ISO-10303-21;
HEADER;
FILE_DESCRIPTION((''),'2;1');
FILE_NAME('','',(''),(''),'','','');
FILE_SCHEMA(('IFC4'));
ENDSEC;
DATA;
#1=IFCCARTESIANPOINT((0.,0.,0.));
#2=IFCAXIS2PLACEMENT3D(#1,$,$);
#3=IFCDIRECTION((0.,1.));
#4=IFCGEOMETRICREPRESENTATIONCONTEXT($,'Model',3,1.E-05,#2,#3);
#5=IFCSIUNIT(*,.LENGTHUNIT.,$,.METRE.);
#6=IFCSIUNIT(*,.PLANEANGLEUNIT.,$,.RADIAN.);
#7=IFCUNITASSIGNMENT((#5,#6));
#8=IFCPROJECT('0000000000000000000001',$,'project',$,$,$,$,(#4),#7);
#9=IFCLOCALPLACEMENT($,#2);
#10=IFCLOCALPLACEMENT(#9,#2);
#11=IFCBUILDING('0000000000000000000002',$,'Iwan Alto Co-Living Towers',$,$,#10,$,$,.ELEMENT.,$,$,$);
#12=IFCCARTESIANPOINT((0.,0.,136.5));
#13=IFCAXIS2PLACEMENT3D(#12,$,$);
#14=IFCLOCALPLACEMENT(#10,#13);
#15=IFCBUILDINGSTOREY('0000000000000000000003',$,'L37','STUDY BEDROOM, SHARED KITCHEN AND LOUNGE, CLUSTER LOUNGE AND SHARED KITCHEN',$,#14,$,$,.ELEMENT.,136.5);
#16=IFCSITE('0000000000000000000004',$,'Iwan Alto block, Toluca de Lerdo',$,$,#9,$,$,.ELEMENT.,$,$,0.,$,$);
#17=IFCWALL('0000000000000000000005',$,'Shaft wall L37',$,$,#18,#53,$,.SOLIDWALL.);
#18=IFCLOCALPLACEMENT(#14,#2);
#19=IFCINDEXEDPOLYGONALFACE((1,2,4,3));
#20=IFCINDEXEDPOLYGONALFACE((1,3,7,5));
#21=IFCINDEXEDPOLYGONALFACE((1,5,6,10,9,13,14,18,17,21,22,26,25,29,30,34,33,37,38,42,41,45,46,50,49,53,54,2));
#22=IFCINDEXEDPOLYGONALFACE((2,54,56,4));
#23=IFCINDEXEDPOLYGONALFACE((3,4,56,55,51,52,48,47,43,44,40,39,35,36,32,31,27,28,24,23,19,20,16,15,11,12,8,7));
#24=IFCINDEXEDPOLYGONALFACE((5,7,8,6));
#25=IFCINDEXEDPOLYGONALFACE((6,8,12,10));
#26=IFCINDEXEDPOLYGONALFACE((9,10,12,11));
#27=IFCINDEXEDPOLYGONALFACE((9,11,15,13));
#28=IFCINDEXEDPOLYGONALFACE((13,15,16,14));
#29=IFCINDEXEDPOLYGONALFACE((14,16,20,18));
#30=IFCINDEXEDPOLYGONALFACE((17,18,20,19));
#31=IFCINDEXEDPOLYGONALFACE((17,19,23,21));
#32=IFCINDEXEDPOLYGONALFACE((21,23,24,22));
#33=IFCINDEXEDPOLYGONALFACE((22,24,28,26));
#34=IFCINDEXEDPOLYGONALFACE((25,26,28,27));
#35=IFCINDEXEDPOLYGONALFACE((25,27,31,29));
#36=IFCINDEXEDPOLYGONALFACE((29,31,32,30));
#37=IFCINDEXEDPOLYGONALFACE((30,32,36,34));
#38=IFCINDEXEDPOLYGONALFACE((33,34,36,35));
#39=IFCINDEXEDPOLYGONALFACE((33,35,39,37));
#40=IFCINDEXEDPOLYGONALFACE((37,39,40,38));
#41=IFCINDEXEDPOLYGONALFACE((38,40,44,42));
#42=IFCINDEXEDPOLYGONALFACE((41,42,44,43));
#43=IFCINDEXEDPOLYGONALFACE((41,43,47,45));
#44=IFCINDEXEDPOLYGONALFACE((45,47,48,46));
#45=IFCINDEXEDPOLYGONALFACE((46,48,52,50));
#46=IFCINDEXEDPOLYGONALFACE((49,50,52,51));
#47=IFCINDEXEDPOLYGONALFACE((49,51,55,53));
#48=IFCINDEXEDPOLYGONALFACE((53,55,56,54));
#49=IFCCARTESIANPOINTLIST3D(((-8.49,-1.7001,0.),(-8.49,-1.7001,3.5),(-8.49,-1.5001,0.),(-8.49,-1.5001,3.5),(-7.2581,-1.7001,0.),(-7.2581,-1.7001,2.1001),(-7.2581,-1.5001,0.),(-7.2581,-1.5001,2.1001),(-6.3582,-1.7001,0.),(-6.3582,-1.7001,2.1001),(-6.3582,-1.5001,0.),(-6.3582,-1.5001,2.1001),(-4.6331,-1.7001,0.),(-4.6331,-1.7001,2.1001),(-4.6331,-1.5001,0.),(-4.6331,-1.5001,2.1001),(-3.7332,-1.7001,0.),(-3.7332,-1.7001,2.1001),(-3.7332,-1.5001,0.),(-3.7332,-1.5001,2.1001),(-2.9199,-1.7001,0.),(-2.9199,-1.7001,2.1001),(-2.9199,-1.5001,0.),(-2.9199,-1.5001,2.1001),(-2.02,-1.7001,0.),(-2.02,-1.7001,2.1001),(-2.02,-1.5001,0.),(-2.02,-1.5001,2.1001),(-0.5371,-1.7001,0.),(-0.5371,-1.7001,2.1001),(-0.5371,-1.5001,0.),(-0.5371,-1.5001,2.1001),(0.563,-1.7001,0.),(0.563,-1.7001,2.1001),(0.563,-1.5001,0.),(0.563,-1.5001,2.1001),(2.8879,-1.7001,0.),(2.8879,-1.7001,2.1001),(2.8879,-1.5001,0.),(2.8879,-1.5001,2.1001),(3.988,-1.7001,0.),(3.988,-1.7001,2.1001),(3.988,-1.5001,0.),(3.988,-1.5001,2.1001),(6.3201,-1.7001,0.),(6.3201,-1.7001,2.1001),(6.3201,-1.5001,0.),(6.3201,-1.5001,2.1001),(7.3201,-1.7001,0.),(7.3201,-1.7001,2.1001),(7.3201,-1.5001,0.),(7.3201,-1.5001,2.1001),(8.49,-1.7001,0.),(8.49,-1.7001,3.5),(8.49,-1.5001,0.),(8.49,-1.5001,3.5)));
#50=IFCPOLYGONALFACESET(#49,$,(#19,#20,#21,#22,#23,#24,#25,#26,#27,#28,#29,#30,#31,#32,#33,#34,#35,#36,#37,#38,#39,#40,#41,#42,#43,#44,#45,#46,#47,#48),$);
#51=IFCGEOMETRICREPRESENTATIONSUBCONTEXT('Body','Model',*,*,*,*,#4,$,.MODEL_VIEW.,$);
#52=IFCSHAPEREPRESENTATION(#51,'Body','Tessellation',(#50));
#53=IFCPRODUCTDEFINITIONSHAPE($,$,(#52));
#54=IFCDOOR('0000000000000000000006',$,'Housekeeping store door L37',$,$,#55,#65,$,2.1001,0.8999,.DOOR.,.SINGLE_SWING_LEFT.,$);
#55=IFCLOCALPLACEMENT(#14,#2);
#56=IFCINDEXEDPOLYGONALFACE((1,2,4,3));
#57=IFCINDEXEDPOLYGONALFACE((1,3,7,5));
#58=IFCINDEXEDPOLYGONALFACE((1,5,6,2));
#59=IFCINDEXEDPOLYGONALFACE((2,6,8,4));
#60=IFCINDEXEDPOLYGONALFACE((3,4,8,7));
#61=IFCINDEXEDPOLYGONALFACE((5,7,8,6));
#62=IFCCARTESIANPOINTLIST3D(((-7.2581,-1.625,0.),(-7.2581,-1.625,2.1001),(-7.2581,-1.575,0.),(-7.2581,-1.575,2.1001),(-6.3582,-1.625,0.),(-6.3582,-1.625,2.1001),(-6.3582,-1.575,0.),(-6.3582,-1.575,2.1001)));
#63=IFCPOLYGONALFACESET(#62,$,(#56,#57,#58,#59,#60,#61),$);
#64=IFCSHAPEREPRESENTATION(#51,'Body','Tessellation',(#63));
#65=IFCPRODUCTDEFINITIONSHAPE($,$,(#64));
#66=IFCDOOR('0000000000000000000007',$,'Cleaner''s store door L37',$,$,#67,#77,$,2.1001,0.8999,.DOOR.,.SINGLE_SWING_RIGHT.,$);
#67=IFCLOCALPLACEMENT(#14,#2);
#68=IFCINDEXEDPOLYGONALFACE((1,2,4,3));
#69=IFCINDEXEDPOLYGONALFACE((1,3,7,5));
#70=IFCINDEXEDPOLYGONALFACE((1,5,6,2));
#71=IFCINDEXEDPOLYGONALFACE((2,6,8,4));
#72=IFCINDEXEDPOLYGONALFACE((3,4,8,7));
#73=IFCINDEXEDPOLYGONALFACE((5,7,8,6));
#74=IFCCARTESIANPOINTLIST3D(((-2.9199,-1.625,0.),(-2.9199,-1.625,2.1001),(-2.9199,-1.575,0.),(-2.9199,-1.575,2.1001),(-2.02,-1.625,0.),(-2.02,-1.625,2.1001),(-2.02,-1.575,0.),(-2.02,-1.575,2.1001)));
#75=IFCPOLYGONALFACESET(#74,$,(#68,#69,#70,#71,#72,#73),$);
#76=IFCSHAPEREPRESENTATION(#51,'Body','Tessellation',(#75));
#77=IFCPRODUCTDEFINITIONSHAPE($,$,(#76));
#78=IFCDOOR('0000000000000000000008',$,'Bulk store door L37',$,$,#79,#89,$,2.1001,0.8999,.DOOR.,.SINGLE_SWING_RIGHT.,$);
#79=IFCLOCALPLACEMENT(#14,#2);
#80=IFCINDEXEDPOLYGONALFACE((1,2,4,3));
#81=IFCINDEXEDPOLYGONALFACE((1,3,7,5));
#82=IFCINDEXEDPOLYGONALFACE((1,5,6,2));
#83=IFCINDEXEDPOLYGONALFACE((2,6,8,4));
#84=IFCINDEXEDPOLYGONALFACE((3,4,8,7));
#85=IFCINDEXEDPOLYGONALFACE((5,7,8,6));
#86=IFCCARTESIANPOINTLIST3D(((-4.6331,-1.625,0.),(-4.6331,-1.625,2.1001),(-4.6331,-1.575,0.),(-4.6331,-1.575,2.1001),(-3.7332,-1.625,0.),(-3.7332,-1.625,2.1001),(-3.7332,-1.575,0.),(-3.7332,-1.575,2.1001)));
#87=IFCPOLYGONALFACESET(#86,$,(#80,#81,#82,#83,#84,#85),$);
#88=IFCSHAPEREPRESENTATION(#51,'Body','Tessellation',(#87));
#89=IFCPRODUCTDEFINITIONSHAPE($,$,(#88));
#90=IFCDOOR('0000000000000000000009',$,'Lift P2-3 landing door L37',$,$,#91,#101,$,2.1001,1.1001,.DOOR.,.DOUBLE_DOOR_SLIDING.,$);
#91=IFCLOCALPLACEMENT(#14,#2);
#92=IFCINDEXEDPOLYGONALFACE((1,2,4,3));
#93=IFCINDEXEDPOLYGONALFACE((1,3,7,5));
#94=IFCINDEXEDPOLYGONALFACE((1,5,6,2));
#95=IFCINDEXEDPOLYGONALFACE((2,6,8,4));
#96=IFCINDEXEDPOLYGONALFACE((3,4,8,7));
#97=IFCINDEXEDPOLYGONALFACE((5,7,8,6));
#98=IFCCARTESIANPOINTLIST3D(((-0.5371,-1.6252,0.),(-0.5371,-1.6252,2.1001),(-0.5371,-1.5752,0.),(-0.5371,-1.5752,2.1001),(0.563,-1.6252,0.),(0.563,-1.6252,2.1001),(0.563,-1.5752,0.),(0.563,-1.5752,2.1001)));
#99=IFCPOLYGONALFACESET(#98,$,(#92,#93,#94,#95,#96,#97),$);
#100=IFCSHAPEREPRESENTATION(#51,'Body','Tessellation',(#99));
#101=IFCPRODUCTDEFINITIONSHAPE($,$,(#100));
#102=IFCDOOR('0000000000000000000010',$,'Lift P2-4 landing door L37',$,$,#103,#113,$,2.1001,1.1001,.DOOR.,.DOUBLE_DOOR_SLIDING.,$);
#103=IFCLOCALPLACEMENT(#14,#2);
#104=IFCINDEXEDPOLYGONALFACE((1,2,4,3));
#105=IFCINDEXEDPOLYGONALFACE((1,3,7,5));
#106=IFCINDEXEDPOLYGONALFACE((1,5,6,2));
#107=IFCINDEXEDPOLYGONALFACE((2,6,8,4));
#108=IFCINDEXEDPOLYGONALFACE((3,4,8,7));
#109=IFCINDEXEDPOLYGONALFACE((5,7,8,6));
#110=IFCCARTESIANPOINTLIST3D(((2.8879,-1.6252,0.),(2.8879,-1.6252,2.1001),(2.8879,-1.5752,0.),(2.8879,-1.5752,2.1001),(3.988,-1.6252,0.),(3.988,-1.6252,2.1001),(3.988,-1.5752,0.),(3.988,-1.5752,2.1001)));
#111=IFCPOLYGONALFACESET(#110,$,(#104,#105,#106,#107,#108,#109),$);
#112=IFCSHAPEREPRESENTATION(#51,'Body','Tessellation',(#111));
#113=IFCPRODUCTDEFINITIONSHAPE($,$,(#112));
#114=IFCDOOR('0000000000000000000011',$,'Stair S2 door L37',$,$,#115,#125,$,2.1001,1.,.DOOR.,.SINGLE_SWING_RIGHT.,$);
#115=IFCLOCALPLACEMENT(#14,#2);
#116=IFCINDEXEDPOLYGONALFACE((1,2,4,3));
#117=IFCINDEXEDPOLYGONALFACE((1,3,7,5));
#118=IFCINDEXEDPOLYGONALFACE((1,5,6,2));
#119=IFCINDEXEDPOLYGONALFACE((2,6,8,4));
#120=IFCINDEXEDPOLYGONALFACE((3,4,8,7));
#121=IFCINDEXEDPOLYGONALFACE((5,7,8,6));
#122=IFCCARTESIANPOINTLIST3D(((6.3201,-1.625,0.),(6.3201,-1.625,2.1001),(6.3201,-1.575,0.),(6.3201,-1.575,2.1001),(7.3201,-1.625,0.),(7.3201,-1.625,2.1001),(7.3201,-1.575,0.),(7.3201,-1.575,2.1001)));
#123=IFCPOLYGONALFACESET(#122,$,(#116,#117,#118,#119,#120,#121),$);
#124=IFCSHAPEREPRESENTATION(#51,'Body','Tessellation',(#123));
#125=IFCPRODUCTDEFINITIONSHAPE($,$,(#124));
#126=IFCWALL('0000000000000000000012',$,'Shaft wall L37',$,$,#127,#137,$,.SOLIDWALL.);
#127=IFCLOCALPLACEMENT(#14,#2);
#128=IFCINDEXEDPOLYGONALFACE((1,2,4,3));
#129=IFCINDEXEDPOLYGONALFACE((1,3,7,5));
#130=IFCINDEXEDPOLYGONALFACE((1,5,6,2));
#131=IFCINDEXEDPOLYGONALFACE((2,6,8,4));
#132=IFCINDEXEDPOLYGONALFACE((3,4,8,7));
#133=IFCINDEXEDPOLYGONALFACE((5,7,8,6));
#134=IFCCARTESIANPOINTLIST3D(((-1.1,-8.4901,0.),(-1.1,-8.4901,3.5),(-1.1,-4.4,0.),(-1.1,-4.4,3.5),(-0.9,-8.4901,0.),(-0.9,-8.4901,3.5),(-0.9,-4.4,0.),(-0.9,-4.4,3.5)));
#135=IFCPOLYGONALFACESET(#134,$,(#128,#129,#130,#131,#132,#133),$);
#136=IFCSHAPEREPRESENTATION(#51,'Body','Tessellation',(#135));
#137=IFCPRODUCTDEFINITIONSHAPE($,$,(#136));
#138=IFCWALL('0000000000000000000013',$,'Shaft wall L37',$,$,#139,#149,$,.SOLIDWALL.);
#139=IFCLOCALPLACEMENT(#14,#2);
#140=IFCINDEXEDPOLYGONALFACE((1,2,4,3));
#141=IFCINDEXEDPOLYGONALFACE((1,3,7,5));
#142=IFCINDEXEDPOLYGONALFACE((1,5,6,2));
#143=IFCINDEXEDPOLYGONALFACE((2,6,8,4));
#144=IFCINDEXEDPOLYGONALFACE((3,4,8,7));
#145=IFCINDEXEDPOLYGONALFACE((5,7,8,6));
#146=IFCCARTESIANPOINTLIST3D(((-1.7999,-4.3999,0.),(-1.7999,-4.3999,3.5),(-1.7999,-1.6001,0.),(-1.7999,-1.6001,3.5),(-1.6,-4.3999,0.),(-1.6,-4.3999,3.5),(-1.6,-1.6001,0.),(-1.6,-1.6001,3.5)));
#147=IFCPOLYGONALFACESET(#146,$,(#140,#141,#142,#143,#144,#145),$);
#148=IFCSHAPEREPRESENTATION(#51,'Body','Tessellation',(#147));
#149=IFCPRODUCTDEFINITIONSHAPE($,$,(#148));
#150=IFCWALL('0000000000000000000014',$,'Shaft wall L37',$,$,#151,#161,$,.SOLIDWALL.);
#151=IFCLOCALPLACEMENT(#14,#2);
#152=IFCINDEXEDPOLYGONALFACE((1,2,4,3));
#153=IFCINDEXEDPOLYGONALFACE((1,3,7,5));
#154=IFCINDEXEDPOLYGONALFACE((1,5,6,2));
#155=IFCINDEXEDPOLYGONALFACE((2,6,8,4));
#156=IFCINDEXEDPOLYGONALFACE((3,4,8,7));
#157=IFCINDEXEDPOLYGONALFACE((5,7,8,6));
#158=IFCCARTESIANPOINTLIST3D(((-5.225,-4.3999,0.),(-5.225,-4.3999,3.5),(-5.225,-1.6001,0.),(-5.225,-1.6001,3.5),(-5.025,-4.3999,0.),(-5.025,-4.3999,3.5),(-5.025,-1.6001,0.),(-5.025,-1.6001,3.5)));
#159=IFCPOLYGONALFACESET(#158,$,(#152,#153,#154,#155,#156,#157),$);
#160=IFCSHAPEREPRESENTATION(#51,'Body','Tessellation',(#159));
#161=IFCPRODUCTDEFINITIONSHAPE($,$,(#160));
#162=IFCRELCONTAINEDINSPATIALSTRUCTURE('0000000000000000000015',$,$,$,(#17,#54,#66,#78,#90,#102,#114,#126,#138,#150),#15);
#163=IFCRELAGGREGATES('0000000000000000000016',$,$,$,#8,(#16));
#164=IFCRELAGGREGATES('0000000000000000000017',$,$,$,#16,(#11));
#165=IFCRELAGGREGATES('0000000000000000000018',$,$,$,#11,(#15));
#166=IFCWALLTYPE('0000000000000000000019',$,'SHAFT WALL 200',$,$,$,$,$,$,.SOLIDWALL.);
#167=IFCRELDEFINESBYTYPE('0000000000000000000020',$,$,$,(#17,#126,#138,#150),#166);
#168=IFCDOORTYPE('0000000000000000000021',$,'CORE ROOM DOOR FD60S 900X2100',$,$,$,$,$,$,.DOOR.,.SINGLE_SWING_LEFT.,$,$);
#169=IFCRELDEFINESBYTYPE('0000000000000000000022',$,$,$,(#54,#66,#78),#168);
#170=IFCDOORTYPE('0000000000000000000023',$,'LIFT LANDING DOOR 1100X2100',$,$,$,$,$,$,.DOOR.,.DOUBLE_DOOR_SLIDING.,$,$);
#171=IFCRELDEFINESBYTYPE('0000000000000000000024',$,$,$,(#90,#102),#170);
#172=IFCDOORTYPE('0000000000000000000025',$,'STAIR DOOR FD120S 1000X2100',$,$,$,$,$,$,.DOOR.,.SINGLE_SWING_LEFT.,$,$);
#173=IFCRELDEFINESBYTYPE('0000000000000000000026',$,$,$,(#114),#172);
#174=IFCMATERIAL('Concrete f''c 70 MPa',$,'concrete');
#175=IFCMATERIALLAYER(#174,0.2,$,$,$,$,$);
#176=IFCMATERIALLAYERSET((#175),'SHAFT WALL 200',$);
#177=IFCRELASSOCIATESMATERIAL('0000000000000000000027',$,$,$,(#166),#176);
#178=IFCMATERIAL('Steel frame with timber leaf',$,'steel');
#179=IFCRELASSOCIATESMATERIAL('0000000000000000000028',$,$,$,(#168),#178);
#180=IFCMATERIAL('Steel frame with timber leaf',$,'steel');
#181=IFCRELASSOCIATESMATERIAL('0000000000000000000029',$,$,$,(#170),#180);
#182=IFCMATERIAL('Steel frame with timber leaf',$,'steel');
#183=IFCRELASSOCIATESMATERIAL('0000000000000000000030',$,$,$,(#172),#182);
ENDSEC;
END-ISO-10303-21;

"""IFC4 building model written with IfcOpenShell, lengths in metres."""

from ifc_helpers import new_model, si_unit, direction, frame, frame_2d, origin, place, context, subcontext, project, spatial, rectangle, extrude, material, layer, layer_set, type_object, element, fill, save


model = new_model("IFC4")

# Units and contexts
model_context = context("Model", 3, precision=1e-05, world=origin(), true_north=direction((0.0, 1.0)))
body_context = subcontext(model_context, "Body", "Model", "MODEL_VIEW")
ifc_project = project(units=[si_unit("LENGTHUNIT", "METRE"), si_unit("PLANEANGLEUNIT", "RADIAN")], contexts=[model_context])

# Site, building, storey
site_placement = place(None, origin())
site = spatial("IfcSite", under=ifc_project, at=site_placement, Name="Iwan Alto block, Toluca de Lerdo", CompositionType="ELEMENT", RefElevation=0.0)
building_placement = place(site_placement, origin())
building = spatial("IfcBuilding", under=site, at=building_placement, Name="Iwan Alto Co-Living Towers", CompositionType="ELEMENT")
storey_placement = place(building_placement, frame((0.0, 0.0, 136.5)))
storey = spatial("IfcBuildingStorey", under=building, at=storey_placement, Name="L37", Description="STUDY BEDROOM, SHARED KITCHEN AND LOUNGE, CLUSTER LOUNGE AND SHARED KITCHEN", CompositionType="ELEMENT", Elevation=136.5)

# Shared definitions
ifc_material_1 = material(Name="Concrete f'c 70 MPa", Category="concrete")
ifc_layer_1 = layer(ifc_material_1, 0.2)
ifc_layer_set_1 = layer_set([ifc_layer_1], Name="SHAFT WALL 200")
wall_type_1 = type_object("IfcWallType", Name="SHAFT WALL 200", PredefinedType="SOLIDWALL", material=ifc_layer_set_1)

# Wall, openings, doors
wall_1_placement = place(storey_placement, frame((-8.49, -1.6001, 0.0), z_axis=(0.0, 0.0, 1.0), x_axis=(1.0, 0.0, 0.0)))
wall_1 = element("IfcWall", 1, at=wall_1_placement, inside=storey, type_object=wall_type_1, Name="Shaft wall L37", PredefinedType="SOLIDWALL", context=body_context, shape_type="SweptSolid", body=[
    extrude(rectangle(XDim=16.98, YDim=0.2, at=frame_2d((8.49, 0.0))), origin(), (0.0, 0.0, 1.0), 3.5),
])
opening_1_placement = place(wall_1_placement, frame((14.8101, 0.0, 0.0)))
opening_1 = element("IfcOpeningElement", 2, at=opening_1_placement, cuts=wall_1, PredefinedType="OPENING", context=body_context, shape_type="SweptSolid", body=[
    extrude(rectangle(XDim=1.0, YDim=2.1001, at=frame_2d((0.5, 1.05))), frame((0.0, 0.1099, 0.0), z_axis=(0.0, -1.0, 0.0), x_axis=(1.0, 0.0, 0.0)), (0.0, 0.0, 1.0), 0.22),
])
opening_2_placement = place(wall_1_placement, frame((1.2319, 0.0, 0.0)))
opening_2 = element("IfcOpeningElement", 3, at=opening_2_placement, cuts=wall_1, PredefinedType="OPENING", context=body_context, shape_type="SweptSolid", body=[
    extrude(rectangle(XDim=0.8999, YDim=2.1001, at=frame_2d((0.45, 1.05))), frame((0.0, 0.1099, 0.0), z_axis=(0.0, -1.0, 0.0), x_axis=(1.0, 0.0, 0.0)), (0.0, 0.0, 1.0), 0.22),
])
opening_3_placement = place(wall_1_placement, frame((5.5701, 0.0, 0.0)))
opening_3 = element("IfcOpeningElement", 4, at=opening_3_placement, cuts=wall_1, PredefinedType="OPENING", context=body_context, shape_type="SweptSolid", body=[
    extrude(rectangle(XDim=0.8999, YDim=2.1001, at=frame_2d((0.45, 1.05))), frame((0.0, 0.1099, 0.0), z_axis=(0.0, -1.0, 0.0), x_axis=(1.0, 0.0, 0.0)), (0.0, 0.0, 1.0), 0.22),
])
opening_4_placement = place(wall_1_placement, frame((3.8569, 0.0, 0.0)))
opening_4 = element("IfcOpeningElement", 5, at=opening_4_placement, cuts=wall_1, PredefinedType="OPENING", context=body_context, shape_type="SweptSolid", body=[
    extrude(rectangle(XDim=0.8999, YDim=2.1001, at=frame_2d((0.45, 1.05))), frame((0.0, 0.1099, 0.0), z_axis=(0.0, -1.0, 0.0), x_axis=(1.0, 0.0, 0.0)), (0.0, 0.0, 1.0), 0.22),
])
opening_5_placement = place(wall_1_placement, frame((7.9529, 0.0, 0.0)))
opening_5 = element("IfcOpeningElement", 6, at=opening_5_placement, cuts=wall_1, PredefinedType="OPENING", context=body_context, shape_type="SweptSolid", body=[
    extrude(rectangle(XDim=1.1001, YDim=2.1001, at=frame_2d((0.55, 1.05))), frame((0.0, 0.1099, 0.0), z_axis=(0.0, -1.0, 0.0), x_axis=(1.0, 0.0, 0.0)), (0.0, 0.0, 1.0), 0.22),
])
opening_6_placement = place(wall_1_placement, frame((11.3779, 0.0, 0.0)))
opening_6 = element("IfcOpeningElement", 7, at=opening_6_placement, cuts=wall_1, PredefinedType="OPENING", context=body_context, shape_type="SweptSolid", body=[
    extrude(rectangle(XDim=1.1001, YDim=2.1001, at=frame_2d((0.55, 1.05))), frame((0.0, 0.1099, 0.0), z_axis=(0.0, -1.0, 0.0), x_axis=(1.0, 0.0, 0.0)), (0.0, 0.0, 1.0), 0.22),
])
ifc_material_2 = material(Name="Steel frame with timber leaf", Category="steel")
door_type_1 = type_object("IfcDoorType", Name="CORE ROOM DOOR FD60S 900X2100", OperationType="SINGLE_SWING_LEFT", PredefinedType="DOOR", material=ifc_material_2)
door_1_placement = place(opening_2_placement, frame((0.8999, 0.0, 0.0), z_axis=(0.0, 0.0, 1.0), x_axis=(-1.0, 0.0, 0.0)))
door_1 = element("IfcDoor", 8, at=door_1_placement, inside=storey, type_object=door_type_1, Name="Housekeeping store door L37", OperationType="SINGLE_SWING_LEFT", OverallHeight=2.1001, OverallWidth=0.8999, PredefinedType="DOOR", context=body_context, shape_type="SweptSolid", body=[
    extrude(rectangle(XDim=0.8999, YDim=2.1001, at=frame_2d((0.45, 1.05))), frame((0.0, 0.0249, 0.0), z_axis=(0.0, -1.0, 0.0), x_axis=(1.0, 0.0, 0.0)), (0.0, 0.0, 1.0), 0.05),
])
fill(opening_2, door_1)
door_2_placement = place(opening_3_placement, frame((0.8999, 0.0, 0.0), z_axis=(0.0, 0.0, 1.0), x_axis=(-1.0, 0.0, 0.0)))
door_2 = element("IfcDoor", 9, at=door_2_placement, inside=storey, type_object=door_type_1, Name="Cleaner's store door L37", OperationType="SINGLE_SWING_RIGHT", OverallHeight=2.1001, OverallWidth=0.8999, PredefinedType="DOOR", context=body_context, shape_type="SweptSolid", body=[
    extrude(rectangle(XDim=0.8999, YDim=2.1001, at=frame_2d((0.45, 1.05))), frame((0.0, 0.0249, 0.0), z_axis=(0.0, -1.0, 0.0), x_axis=(1.0, 0.0, 0.0)), (0.0, 0.0, 1.0), 0.05),
])
fill(opening_3, door_2)
door_3_placement = place(opening_4_placement, frame((0.8999, 0.0, 0.0), z_axis=(0.0, 0.0, 1.0), x_axis=(-1.0, 0.0, 0.0)))
door_3 = element("IfcDoor", 10, at=door_3_placement, inside=storey, type_object=door_type_1, Name="Bulk store door L37", OperationType="SINGLE_SWING_RIGHT", OverallHeight=2.1001, OverallWidth=0.8999, PredefinedType="DOOR", context=body_context, shape_type="SweptSolid", body=[
    extrude(rectangle(XDim=0.8999, YDim=2.1001, at=frame_2d((0.45, 1.05))), frame((0.0, 0.0249, 0.0), z_axis=(0.0, -1.0, 0.0), x_axis=(1.0, 0.0, 0.0)), (0.0, 0.0, 1.0), 0.05),
])
fill(opening_4, door_3)
ifc_material_3 = material(Name="Steel frame with timber leaf", Category="steel")
door_type_2 = type_object("IfcDoorType", Name="LIFT LANDING DOOR 1100X2100", OperationType="DOUBLE_DOOR_SLIDING", PredefinedType="DOOR", material=ifc_material_3)
door_4_placement = place(opening_5_placement, origin())
door_4 = element("IfcDoor", 11, at=door_4_placement, inside=storey, type_object=door_type_2, Name="Lift P2-3 landing door L37", OperationType="DOUBLE_DOOR_SLIDING", OverallHeight=2.1001, OverallWidth=1.1001, PredefinedType="DOOR", context=body_context, shape_type="SweptSolid", body=[
    extrude(rectangle(XDim=1.1001, YDim=2.1001, at=frame_2d((0.55, 1.05))), frame((0.0, 0.0249, 0.0), z_axis=(0.0, -1.0, 0.0), x_axis=(1.0, 0.0, 0.0)), (0.0, 0.0, 1.0), 0.05),
])
fill(opening_5, door_4)
door_5_placement = place(opening_6_placement, origin())
door_5 = element("IfcDoor", 12, at=door_5_placement, inside=storey, type_object=door_type_2, Name="Lift P2-4 landing door L37", OperationType="DOUBLE_DOOR_SLIDING", OverallHeight=2.1001, OverallWidth=1.1001, PredefinedType="DOOR", context=body_context, shape_type="SweptSolid", body=[
    extrude(rectangle(XDim=1.1001, YDim=2.1001, at=frame_2d((0.55, 1.05))), frame((0.0, 0.0249, 0.0), z_axis=(0.0, -1.0, 0.0), x_axis=(1.0, 0.0, 0.0)), (0.0, 0.0, 1.0), 0.05),
])
fill(opening_6, door_5)
ifc_material_4 = material(Name="Steel frame with timber leaf", Category="steel")
door_type_3 = type_object("IfcDoorType", Name="STAIR DOOR FD120S 1000X2100", OperationType="SINGLE_SWING_LEFT", PredefinedType="DOOR", material=ifc_material_4)
door_6_placement = place(opening_1_placement, frame((1.0, 0.0, 0.0), z_axis=(0.0, 0.0, 1.0), x_axis=(-1.0, 0.0, 0.0)))
door_6 = element("IfcDoor", 13, at=door_6_placement, inside=storey, type_object=door_type_3, Name="Stair S2 door L37", OperationType="SINGLE_SWING_RIGHT", OverallHeight=2.1001, OverallWidth=1.0, PredefinedType="DOOR", context=body_context, shape_type="SweptSolid", body=[
    extrude(rectangle(XDim=1.0, YDim=2.1001, at=frame_2d((0.5, 1.05))), frame((0.0, 0.0249, 0.0), z_axis=(0.0, -1.0, 0.0), x_axis=(1.0, 0.0, 0.0)), (0.0, 0.0, 1.0), 0.05),
])
fill(opening_1, door_6)

# Walls
wall_2_placement = place(storey_placement, frame((-1.0, -8.49, 0.0), z_axis=(0.0, 0.0, 1.0), x_axis=(0.0, 1.0, 0.0)))
element("IfcWall", 14, at=wall_2_placement, inside=storey, type_object=wall_type_1, Name="Shaft wall L37", PredefinedType="SOLIDWALL", context=body_context, shape_type="SweptSolid", body=[
    extrude(rectangle(XDim=4.0901, YDim=0.2, at=frame_2d((2.0449, 0.0))), origin(), (0.0, 0.0, 1.0), 3.5),
])
for number, where, z_axis, x_axis, name in (
    (15, (-1.7, -4.3999, 0.0), (0.0, 0.0, 1.0), (0.0, 1.0, 0.0), "Shaft wall L37"),
    (16, (-5.125, -4.3999, 0.0), (0.0, 0.0, 1.0), (0.0, 1.0, 0.0), "Shaft wall L37"),
):
    element("IfcWall", number, at=place(storey_placement, frame(where, z_axis=z_axis, x_axis=x_axis)), inside=storey, type_object=wall_type_1, Name=name, PredefinedType="SOLIDWALL", context=body_context, shape_type="SweptSolid", body=[
        extrude(rectangle(XDim=2.7998, YDim=0.2, at=frame_2d((1.3999, 0.0))), origin(), (0.0, 0.0, 1.0), 3.5),
    ])

save(model, "model.ifc")
